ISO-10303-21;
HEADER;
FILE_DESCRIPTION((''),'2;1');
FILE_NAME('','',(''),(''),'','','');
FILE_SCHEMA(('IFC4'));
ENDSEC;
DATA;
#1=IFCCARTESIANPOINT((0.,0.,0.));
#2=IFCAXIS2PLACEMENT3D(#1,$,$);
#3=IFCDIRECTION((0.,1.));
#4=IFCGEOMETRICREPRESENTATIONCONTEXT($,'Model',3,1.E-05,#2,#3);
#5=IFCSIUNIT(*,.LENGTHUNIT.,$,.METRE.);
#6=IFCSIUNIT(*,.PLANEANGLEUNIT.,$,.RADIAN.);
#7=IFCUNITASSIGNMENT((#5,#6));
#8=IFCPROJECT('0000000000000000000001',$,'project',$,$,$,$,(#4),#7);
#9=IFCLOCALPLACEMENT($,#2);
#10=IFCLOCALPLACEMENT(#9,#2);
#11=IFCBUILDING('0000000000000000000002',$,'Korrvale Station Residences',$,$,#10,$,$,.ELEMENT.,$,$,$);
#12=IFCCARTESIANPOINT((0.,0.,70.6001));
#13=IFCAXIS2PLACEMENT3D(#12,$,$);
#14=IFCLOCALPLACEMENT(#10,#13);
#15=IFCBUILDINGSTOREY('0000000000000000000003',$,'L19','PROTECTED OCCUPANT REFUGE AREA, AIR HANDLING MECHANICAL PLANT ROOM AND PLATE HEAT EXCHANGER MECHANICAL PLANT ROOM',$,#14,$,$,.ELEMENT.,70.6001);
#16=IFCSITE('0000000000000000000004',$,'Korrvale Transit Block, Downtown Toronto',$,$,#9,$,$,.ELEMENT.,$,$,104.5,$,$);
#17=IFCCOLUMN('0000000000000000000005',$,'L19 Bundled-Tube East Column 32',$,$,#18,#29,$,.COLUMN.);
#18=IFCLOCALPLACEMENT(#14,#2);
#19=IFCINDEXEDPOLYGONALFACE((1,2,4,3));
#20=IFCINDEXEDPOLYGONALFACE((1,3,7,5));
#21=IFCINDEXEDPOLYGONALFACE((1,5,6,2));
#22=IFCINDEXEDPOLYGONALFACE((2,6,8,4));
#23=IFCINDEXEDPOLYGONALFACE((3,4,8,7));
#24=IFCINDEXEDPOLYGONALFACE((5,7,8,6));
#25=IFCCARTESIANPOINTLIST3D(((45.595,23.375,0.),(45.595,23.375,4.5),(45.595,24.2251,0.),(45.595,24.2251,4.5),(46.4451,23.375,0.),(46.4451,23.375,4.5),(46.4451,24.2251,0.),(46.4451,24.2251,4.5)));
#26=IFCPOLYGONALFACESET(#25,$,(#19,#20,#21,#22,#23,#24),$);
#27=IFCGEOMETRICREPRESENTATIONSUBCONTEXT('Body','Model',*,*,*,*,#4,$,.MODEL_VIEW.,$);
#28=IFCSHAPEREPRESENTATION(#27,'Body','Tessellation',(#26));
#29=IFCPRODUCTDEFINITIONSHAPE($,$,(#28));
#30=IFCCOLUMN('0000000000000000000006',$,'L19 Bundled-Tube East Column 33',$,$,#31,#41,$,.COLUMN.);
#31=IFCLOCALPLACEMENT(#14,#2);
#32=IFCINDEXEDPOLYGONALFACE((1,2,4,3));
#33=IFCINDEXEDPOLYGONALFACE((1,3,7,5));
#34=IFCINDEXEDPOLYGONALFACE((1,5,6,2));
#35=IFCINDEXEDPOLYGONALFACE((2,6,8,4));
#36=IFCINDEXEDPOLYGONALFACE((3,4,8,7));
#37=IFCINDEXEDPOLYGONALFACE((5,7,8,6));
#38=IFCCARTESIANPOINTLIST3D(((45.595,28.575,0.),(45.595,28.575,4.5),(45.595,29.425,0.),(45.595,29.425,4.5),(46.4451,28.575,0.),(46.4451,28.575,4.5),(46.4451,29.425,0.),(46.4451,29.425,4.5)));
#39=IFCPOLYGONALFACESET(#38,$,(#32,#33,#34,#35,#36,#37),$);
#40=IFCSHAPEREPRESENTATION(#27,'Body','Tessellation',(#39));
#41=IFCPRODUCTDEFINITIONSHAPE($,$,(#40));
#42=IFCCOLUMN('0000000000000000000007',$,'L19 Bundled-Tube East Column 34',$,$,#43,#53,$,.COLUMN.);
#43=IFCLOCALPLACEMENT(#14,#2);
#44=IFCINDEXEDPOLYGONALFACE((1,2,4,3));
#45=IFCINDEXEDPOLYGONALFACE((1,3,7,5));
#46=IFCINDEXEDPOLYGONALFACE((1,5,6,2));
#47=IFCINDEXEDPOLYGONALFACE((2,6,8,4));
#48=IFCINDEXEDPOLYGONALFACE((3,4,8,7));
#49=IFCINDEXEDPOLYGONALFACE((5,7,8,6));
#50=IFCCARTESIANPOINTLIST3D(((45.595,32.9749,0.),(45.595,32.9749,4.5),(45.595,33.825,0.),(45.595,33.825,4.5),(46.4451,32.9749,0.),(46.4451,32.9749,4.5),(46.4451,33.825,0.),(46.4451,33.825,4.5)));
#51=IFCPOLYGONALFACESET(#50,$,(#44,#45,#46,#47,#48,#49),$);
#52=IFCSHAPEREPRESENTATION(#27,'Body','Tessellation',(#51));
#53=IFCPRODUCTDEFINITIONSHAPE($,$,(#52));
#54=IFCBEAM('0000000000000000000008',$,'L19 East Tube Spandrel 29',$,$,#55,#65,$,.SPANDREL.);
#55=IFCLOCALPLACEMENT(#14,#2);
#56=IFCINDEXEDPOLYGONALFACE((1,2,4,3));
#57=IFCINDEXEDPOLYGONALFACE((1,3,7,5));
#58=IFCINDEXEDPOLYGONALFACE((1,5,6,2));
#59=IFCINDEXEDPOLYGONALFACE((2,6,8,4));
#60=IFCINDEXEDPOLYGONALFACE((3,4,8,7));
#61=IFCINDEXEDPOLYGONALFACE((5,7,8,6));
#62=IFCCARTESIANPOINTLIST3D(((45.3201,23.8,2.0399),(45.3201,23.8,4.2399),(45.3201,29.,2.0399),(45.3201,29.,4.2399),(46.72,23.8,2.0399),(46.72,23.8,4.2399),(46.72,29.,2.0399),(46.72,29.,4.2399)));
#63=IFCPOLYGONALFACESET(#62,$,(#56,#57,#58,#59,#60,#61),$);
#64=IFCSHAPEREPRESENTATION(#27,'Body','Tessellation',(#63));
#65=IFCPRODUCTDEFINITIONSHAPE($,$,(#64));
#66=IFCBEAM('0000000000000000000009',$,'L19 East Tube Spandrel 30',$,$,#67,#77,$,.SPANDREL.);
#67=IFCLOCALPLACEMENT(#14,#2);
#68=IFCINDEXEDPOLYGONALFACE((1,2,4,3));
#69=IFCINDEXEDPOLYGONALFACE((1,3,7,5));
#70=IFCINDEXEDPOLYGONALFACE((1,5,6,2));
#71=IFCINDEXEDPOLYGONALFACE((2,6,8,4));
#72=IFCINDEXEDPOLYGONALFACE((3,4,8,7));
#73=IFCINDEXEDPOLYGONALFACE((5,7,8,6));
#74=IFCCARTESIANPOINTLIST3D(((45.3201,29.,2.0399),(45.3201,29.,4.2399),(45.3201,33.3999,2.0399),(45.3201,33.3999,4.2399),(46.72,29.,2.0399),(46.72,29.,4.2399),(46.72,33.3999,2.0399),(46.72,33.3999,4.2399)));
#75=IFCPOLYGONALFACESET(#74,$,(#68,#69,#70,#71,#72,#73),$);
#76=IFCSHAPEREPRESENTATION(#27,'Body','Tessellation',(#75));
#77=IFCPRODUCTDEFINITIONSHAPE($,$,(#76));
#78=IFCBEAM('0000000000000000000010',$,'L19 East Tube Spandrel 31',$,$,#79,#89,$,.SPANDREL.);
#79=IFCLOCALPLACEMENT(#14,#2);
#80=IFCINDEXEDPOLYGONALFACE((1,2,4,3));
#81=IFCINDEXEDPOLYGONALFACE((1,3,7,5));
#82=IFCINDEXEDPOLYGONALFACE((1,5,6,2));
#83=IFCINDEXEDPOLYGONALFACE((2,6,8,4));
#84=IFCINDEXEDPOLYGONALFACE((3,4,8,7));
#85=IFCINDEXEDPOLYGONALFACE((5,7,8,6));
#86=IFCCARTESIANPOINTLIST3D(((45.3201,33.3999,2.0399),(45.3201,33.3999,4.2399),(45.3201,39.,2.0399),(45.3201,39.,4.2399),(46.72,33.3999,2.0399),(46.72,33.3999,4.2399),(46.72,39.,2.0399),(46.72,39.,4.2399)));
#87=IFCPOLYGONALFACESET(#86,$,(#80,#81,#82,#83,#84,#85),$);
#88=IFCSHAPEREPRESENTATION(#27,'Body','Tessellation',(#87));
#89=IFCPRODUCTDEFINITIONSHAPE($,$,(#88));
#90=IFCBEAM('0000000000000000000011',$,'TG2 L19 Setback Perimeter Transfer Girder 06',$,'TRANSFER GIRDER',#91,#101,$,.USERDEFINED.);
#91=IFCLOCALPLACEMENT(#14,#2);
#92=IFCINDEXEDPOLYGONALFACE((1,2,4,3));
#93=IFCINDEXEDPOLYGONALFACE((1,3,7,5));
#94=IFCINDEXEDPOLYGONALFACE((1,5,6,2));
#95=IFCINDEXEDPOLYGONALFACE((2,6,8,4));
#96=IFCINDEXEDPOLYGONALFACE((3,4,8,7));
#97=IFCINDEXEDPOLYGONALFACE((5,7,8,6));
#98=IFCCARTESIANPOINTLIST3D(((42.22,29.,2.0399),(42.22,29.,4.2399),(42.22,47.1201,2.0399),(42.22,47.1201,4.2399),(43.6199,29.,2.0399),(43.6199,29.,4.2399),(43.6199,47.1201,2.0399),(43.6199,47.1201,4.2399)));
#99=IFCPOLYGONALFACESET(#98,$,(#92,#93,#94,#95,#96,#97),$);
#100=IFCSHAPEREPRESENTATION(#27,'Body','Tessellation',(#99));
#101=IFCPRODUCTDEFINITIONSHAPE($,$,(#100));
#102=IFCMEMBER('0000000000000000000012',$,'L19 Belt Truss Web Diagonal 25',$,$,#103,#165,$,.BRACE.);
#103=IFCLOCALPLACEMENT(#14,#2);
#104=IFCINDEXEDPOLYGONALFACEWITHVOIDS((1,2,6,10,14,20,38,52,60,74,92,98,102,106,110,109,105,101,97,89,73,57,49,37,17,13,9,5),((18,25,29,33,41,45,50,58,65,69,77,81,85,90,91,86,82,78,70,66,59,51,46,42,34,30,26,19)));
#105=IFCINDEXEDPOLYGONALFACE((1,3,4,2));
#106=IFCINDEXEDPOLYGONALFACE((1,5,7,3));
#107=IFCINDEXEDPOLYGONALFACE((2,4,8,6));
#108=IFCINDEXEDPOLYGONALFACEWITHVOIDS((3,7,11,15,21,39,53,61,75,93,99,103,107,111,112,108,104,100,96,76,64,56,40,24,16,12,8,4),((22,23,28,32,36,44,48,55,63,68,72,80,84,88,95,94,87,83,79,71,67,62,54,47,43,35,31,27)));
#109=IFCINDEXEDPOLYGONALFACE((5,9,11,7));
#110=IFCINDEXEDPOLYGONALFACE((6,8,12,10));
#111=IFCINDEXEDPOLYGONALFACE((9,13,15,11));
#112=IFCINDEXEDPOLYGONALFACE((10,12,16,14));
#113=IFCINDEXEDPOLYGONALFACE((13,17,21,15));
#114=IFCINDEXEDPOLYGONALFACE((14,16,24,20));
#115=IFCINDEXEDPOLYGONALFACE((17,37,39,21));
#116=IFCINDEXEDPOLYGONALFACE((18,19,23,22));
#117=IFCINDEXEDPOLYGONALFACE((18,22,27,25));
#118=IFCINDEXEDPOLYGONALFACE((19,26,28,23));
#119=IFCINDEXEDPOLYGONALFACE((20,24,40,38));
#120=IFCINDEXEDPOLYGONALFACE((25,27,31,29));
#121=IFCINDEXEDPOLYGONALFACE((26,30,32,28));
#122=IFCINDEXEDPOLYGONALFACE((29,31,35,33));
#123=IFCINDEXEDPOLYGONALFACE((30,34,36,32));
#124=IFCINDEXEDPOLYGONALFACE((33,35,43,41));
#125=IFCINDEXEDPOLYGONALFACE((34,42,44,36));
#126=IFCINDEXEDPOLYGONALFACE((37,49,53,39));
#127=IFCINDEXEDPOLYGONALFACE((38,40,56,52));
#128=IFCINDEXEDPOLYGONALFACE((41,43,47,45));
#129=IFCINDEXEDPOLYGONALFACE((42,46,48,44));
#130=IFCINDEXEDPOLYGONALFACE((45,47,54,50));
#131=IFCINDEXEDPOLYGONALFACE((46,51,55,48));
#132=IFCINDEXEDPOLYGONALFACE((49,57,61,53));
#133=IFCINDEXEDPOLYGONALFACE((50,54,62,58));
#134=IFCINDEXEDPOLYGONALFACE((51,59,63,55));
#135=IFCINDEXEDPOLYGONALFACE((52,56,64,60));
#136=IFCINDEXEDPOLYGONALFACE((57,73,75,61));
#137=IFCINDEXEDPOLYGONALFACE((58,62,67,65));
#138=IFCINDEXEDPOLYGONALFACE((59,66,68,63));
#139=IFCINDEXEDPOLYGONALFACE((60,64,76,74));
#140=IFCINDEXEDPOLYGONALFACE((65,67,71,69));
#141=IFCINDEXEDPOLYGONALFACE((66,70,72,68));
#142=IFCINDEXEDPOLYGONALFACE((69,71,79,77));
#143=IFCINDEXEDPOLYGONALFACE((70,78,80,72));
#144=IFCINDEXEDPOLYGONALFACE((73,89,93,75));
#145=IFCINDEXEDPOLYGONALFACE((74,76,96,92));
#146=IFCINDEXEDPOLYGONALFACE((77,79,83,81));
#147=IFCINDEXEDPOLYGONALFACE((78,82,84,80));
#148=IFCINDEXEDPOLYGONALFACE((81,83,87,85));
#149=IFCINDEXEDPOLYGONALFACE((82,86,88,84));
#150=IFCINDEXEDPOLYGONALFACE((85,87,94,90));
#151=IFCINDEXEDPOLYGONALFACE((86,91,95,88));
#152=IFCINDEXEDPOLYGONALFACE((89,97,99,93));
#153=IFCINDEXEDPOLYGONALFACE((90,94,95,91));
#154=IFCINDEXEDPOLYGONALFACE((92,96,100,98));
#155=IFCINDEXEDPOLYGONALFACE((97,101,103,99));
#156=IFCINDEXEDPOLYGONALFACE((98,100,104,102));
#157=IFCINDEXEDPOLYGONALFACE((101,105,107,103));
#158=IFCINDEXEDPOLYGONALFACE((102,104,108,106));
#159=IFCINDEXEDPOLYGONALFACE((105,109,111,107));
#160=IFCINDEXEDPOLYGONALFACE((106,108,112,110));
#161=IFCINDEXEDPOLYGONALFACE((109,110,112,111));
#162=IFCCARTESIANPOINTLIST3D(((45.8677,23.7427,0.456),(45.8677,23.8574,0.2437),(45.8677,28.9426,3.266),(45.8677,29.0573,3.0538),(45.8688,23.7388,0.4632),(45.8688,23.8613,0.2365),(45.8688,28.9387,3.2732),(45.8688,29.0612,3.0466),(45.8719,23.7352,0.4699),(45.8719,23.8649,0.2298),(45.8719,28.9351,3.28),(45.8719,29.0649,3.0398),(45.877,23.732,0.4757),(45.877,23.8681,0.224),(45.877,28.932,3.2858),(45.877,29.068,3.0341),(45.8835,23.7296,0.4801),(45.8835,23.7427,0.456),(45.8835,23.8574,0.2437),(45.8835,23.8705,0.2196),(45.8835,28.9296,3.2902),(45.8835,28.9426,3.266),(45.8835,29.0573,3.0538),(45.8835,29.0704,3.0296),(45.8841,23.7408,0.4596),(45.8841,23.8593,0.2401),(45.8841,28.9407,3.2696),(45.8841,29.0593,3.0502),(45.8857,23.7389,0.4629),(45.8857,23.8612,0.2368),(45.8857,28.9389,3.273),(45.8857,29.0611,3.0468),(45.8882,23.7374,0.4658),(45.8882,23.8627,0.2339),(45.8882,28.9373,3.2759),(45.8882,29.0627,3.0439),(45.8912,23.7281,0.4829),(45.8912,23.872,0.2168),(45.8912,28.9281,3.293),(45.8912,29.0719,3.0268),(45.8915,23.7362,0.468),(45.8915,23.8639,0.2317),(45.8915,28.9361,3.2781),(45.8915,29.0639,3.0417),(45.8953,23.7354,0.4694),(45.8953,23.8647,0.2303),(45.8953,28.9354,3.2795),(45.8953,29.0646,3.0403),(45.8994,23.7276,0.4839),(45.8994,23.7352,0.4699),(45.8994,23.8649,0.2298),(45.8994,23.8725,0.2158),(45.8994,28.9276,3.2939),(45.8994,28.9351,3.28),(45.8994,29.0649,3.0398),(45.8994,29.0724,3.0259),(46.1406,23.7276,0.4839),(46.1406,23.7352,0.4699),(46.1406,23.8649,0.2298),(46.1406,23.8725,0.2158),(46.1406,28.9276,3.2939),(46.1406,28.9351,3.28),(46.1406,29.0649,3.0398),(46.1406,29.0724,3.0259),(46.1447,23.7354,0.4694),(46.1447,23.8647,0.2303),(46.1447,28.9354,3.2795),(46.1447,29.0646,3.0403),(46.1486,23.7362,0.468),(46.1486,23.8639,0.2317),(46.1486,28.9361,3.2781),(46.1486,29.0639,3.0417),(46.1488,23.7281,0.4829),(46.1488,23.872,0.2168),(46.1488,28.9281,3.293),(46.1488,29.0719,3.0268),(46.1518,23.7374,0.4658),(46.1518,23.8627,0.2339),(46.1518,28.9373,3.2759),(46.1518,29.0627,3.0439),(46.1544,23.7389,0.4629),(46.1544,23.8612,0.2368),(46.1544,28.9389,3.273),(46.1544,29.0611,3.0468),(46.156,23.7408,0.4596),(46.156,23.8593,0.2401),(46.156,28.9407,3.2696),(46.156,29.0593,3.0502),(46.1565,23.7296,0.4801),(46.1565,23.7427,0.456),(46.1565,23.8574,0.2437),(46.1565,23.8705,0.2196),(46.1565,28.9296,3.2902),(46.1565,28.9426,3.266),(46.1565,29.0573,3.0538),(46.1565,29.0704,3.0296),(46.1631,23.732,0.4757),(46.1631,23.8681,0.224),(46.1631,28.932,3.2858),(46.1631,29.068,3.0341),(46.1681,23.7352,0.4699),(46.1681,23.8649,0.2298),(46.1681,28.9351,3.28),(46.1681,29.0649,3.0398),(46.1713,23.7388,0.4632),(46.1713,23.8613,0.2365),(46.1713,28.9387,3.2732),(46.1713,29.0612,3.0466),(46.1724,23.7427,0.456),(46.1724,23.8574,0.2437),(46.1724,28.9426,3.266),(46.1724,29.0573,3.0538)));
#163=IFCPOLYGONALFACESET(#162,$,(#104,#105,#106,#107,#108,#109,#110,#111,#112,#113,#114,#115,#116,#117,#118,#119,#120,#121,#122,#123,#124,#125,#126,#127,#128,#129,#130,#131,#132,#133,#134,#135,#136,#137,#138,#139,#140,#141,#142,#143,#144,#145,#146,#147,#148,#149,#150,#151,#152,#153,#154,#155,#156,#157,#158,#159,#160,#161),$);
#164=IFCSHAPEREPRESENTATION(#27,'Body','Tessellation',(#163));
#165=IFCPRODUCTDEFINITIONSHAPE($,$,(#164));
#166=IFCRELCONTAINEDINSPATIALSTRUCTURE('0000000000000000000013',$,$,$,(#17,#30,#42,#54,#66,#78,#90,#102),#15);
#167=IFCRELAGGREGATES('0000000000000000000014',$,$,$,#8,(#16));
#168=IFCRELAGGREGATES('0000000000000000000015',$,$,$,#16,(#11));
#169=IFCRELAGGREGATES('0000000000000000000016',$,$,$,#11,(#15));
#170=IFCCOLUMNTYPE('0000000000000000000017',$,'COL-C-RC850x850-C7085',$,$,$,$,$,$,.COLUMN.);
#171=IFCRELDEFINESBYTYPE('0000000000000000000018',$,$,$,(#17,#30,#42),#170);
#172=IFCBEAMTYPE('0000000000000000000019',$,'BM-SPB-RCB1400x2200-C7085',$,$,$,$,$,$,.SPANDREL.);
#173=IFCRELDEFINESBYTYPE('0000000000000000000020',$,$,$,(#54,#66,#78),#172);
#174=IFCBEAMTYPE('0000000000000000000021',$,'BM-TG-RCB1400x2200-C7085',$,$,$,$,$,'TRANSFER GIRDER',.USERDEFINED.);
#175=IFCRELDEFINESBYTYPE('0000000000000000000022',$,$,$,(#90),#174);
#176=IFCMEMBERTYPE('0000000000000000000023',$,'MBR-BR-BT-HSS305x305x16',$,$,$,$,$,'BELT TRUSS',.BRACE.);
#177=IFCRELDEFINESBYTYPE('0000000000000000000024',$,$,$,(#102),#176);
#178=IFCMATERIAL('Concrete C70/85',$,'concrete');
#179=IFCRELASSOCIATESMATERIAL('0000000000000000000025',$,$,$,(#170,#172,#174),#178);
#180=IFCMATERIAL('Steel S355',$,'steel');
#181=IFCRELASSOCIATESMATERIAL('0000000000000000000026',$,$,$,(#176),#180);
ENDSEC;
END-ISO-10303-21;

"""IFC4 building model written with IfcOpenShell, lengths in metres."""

from ifc_helpers import new_model, si_unit, direction, frame, origin, origin_2d, place, context, subcontext, project, spatial, rectangle, hollow_rectangle, extrude, material, material_profile, profile_set, type_object, element, save


model = new_model("IFC4")

# Units and contexts
model_context = context("Model", 3, precision=1e-05, world=origin(), true_north=direction((0.0, 1.0)))
body_context = subcontext(model_context, "Body", "Model", "MODEL_VIEW")
ifc_project = project(units=[si_unit("LENGTHUNIT", "METRE"), si_unit("PLANEANGLEUNIT", "RADIAN")], contexts=[model_context])

# Site, building, storey
site_placement = place(None, origin())
site = spatial("IfcSite", under=ifc_project, at=site_placement, Name="Korrvale Transit Block, Downtown Toronto", CompositionType="ELEMENT", RefElevation=104.5)
building_placement = place(site_placement, origin())
building = spatial("IfcBuilding", under=site, at=building_placement, Name="Korrvale Station Residences", CompositionType="ELEMENT")
storey_placement = place(building_placement, frame((0.0, 0.0, 70.6001)))
storey = spatial("IfcBuildingStorey", under=building, at=storey_placement, Name="L19", Description="PROTECTED OCCUPANT REFUGE AREA, AIR HANDLING MECHANICAL PLANT ROOM AND PLATE HEAT EXCHANGER MECHANICAL PLANT ROOM", CompositionType="ELEMENT", Elevation=70.6001)

# Columns
ifc_material_1 = material(Name="Concrete C70/85", Category="concrete")
ifc_material_profile_1 = material_profile(ifc_material_1, rectangle(XDim=0.8501, YDim=0.8501, at=origin_2d()), Name="RC850x850")
ifc_profile_set_1 = profile_set([ifc_material_profile_1], Name="Concrete C70/85")
column_type = type_object("IfcColumnType", Name="COL-C-RC850x850-C7085", PredefinedType="COLUMN", material=ifc_profile_set_1)
for number, where, z_axis, x_axis, name in (
    (1, (46.02, 23.8, 0.0), (0.0, 0.0, 1.0), (1.0, 0.0, 0.0), "L19 Bundled-Tube East Column 32"),
    (2, (46.02, 29.0, 0.0), (0.0, 0.0, 1.0), (1.0, 0.0, 0.0), "L19 Bundled-Tube East Column 33"),
    (3, (46.02, 33.3999, 0.0), (0.0, 0.0, 1.0), (1.0, 0.0, 0.0), "L19 Bundled-Tube East Column 34"),
):
    element("IfcColumn", number, at=place(storey_placement, frame(where, z_axis=z_axis, x_axis=x_axis)), inside=storey, type_object=column_type, Name=name, PredefinedType="COLUMN", context=body_context, shape_type="SweptSolid", body=[
        extrude(rectangle(XDim=0.8501, YDim=0.8501, at=origin_2d()), origin(), (0.0, 0.0, 1.0), 4.5),
    ])

# Beams
ifc_material_profile_2 = material_profile(ifc_material_1, rectangle(XDim=1.3999, YDim=2.2, at=origin_2d()), Name="RCB1400x2200")
ifc_profile_set_2 = profile_set([ifc_material_profile_2], Name="Concrete C70/85")
beam_type_1 = type_object("IfcBeamType", Name="BM-SPB-RCB1400x2200-C7085", PredefinedType="SPANDREL", material=ifc_profile_set_2)
beam_1_placement = place(storey_placement, frame((46.02, 23.8, 3.1399), z_axis=(0.0, 1.0, 0.0), x_axis=(-1.0, 0.0, 0.0)))
element("IfcBeam", 4, at=beam_1_placement, inside=storey, type_object=beam_type_1, Name="L19 East Tube Spandrel 29", PredefinedType="SPANDREL", context=body_context, shape_type="SweptSolid", body=[
    extrude(rectangle(XDim=1.3999, YDim=2.2, at=origin_2d()), origin(), (0.0, 0.0, 1.0), 5.2),
])
beam_2_placement = place(storey_placement, frame((46.02, 29.0, 3.1399), z_axis=(0.0, 1.0, 0.0), x_axis=(-1.0, 0.0, 0.0)))
element("IfcBeam", 5, at=beam_2_placement, inside=storey, type_object=beam_type_1, Name="L19 East Tube Spandrel 30", PredefinedType="SPANDREL", context=body_context, shape_type="SweptSolid", body=[
    extrude(rectangle(XDim=1.3999, YDim=2.2, at=origin_2d()), origin(), (0.0, 0.0, 1.0), 4.3999),
])
beam_3_placement = place(storey_placement, frame((46.02, 33.3999, 3.1399), z_axis=(0.0, 1.0, 0.0), x_axis=(-1.0, 0.0, 0.0)))
element("IfcBeam", 6, at=beam_3_placement, inside=storey, type_object=beam_type_1, Name="L19 East Tube Spandrel 31", PredefinedType="SPANDREL", context=body_context, shape_type="SweptSolid", body=[
    extrude(rectangle(XDim=1.3999, YDim=2.2, at=origin_2d()), origin(), (0.0, 0.0, 1.0), 5.6001),
])
ifc_material_profile_3 = material_profile(ifc_material_1, rectangle(XDim=1.3999, YDim=2.2, at=origin_2d()), Name="RCB1400x2200")
ifc_profile_set_3 = profile_set([ifc_material_profile_3], Name="Concrete C70/85")
beam_type_2 = type_object("IfcBeamType", Name="BM-TG-RCB1400x2200-C7085", ElementType="TRANSFER GIRDER", PredefinedType="USERDEFINED", material=ifc_profile_set_3)
beam_4_placement = place(storey_placement, frame((42.9199, 29.0, 3.1399), z_axis=(0.0, 1.0, 0.0), x_axis=(-1.0, 0.0, 0.0)))
element("IfcBeam", 7, at=beam_4_placement, inside=storey, type_object=beam_type_2, Name="TG2 L19 Setback Perimeter Transfer Girder 06", ObjectType="TRANSFER GIRDER", PredefinedType="USERDEFINED", context=body_context, shape_type="SweptSolid", body=[
    extrude(rectangle(XDim=1.3999, YDim=2.2, at=origin_2d()), origin(), (0.0, 0.0, 1.0), 18.1201),
])

# Member
ifc_material_2 = material(Name="Steel S355", Category="steel")
ifc_material_profile_4 = material_profile(ifc_material_2, hollow_rectangle(XDim=0.3047, YDim=0.3047, WallThickness=0.0159, InnerFilletRadius=0.0159, OuterFilletRadius=0.0317, at=origin_2d()), Name="HSS305x305x16")
ifc_profile_set_4 = profile_set([ifc_material_profile_4], Name="Steel S355")
member_type_1 = type_object("IfcMemberType", Name="MBR-BR-BT-HSS305x305x16", ElementType="BELT TRUSS", PredefinedType="BRACE", material=ifc_profile_set_4)
member_1_placement = place(storey_placement, frame((46.02, 23.8, 0.3499), z_axis=(0.0, 0.879758, 0.475422), x_axis=(-1.0, 0.0, 0.0)))
element("IfcMember", 8, at=member_1_placement, inside=storey, type_object=member_type_1, Name="L19 Belt Truss Web Diagonal 25", PredefinedType="BRACE", context=body_context, shape_type="SweptSolid", body=[
    extrude(hollow_rectangle(XDim=0.3047, YDim=0.3047, WallThickness=0.0159, InnerFilletRadius=0.0159, OuterFilletRadius=0.0317, at=origin_2d()), origin(), (0.0, 0.0, 1.0), 5.9106),
])

save(model, "model.ifc")
